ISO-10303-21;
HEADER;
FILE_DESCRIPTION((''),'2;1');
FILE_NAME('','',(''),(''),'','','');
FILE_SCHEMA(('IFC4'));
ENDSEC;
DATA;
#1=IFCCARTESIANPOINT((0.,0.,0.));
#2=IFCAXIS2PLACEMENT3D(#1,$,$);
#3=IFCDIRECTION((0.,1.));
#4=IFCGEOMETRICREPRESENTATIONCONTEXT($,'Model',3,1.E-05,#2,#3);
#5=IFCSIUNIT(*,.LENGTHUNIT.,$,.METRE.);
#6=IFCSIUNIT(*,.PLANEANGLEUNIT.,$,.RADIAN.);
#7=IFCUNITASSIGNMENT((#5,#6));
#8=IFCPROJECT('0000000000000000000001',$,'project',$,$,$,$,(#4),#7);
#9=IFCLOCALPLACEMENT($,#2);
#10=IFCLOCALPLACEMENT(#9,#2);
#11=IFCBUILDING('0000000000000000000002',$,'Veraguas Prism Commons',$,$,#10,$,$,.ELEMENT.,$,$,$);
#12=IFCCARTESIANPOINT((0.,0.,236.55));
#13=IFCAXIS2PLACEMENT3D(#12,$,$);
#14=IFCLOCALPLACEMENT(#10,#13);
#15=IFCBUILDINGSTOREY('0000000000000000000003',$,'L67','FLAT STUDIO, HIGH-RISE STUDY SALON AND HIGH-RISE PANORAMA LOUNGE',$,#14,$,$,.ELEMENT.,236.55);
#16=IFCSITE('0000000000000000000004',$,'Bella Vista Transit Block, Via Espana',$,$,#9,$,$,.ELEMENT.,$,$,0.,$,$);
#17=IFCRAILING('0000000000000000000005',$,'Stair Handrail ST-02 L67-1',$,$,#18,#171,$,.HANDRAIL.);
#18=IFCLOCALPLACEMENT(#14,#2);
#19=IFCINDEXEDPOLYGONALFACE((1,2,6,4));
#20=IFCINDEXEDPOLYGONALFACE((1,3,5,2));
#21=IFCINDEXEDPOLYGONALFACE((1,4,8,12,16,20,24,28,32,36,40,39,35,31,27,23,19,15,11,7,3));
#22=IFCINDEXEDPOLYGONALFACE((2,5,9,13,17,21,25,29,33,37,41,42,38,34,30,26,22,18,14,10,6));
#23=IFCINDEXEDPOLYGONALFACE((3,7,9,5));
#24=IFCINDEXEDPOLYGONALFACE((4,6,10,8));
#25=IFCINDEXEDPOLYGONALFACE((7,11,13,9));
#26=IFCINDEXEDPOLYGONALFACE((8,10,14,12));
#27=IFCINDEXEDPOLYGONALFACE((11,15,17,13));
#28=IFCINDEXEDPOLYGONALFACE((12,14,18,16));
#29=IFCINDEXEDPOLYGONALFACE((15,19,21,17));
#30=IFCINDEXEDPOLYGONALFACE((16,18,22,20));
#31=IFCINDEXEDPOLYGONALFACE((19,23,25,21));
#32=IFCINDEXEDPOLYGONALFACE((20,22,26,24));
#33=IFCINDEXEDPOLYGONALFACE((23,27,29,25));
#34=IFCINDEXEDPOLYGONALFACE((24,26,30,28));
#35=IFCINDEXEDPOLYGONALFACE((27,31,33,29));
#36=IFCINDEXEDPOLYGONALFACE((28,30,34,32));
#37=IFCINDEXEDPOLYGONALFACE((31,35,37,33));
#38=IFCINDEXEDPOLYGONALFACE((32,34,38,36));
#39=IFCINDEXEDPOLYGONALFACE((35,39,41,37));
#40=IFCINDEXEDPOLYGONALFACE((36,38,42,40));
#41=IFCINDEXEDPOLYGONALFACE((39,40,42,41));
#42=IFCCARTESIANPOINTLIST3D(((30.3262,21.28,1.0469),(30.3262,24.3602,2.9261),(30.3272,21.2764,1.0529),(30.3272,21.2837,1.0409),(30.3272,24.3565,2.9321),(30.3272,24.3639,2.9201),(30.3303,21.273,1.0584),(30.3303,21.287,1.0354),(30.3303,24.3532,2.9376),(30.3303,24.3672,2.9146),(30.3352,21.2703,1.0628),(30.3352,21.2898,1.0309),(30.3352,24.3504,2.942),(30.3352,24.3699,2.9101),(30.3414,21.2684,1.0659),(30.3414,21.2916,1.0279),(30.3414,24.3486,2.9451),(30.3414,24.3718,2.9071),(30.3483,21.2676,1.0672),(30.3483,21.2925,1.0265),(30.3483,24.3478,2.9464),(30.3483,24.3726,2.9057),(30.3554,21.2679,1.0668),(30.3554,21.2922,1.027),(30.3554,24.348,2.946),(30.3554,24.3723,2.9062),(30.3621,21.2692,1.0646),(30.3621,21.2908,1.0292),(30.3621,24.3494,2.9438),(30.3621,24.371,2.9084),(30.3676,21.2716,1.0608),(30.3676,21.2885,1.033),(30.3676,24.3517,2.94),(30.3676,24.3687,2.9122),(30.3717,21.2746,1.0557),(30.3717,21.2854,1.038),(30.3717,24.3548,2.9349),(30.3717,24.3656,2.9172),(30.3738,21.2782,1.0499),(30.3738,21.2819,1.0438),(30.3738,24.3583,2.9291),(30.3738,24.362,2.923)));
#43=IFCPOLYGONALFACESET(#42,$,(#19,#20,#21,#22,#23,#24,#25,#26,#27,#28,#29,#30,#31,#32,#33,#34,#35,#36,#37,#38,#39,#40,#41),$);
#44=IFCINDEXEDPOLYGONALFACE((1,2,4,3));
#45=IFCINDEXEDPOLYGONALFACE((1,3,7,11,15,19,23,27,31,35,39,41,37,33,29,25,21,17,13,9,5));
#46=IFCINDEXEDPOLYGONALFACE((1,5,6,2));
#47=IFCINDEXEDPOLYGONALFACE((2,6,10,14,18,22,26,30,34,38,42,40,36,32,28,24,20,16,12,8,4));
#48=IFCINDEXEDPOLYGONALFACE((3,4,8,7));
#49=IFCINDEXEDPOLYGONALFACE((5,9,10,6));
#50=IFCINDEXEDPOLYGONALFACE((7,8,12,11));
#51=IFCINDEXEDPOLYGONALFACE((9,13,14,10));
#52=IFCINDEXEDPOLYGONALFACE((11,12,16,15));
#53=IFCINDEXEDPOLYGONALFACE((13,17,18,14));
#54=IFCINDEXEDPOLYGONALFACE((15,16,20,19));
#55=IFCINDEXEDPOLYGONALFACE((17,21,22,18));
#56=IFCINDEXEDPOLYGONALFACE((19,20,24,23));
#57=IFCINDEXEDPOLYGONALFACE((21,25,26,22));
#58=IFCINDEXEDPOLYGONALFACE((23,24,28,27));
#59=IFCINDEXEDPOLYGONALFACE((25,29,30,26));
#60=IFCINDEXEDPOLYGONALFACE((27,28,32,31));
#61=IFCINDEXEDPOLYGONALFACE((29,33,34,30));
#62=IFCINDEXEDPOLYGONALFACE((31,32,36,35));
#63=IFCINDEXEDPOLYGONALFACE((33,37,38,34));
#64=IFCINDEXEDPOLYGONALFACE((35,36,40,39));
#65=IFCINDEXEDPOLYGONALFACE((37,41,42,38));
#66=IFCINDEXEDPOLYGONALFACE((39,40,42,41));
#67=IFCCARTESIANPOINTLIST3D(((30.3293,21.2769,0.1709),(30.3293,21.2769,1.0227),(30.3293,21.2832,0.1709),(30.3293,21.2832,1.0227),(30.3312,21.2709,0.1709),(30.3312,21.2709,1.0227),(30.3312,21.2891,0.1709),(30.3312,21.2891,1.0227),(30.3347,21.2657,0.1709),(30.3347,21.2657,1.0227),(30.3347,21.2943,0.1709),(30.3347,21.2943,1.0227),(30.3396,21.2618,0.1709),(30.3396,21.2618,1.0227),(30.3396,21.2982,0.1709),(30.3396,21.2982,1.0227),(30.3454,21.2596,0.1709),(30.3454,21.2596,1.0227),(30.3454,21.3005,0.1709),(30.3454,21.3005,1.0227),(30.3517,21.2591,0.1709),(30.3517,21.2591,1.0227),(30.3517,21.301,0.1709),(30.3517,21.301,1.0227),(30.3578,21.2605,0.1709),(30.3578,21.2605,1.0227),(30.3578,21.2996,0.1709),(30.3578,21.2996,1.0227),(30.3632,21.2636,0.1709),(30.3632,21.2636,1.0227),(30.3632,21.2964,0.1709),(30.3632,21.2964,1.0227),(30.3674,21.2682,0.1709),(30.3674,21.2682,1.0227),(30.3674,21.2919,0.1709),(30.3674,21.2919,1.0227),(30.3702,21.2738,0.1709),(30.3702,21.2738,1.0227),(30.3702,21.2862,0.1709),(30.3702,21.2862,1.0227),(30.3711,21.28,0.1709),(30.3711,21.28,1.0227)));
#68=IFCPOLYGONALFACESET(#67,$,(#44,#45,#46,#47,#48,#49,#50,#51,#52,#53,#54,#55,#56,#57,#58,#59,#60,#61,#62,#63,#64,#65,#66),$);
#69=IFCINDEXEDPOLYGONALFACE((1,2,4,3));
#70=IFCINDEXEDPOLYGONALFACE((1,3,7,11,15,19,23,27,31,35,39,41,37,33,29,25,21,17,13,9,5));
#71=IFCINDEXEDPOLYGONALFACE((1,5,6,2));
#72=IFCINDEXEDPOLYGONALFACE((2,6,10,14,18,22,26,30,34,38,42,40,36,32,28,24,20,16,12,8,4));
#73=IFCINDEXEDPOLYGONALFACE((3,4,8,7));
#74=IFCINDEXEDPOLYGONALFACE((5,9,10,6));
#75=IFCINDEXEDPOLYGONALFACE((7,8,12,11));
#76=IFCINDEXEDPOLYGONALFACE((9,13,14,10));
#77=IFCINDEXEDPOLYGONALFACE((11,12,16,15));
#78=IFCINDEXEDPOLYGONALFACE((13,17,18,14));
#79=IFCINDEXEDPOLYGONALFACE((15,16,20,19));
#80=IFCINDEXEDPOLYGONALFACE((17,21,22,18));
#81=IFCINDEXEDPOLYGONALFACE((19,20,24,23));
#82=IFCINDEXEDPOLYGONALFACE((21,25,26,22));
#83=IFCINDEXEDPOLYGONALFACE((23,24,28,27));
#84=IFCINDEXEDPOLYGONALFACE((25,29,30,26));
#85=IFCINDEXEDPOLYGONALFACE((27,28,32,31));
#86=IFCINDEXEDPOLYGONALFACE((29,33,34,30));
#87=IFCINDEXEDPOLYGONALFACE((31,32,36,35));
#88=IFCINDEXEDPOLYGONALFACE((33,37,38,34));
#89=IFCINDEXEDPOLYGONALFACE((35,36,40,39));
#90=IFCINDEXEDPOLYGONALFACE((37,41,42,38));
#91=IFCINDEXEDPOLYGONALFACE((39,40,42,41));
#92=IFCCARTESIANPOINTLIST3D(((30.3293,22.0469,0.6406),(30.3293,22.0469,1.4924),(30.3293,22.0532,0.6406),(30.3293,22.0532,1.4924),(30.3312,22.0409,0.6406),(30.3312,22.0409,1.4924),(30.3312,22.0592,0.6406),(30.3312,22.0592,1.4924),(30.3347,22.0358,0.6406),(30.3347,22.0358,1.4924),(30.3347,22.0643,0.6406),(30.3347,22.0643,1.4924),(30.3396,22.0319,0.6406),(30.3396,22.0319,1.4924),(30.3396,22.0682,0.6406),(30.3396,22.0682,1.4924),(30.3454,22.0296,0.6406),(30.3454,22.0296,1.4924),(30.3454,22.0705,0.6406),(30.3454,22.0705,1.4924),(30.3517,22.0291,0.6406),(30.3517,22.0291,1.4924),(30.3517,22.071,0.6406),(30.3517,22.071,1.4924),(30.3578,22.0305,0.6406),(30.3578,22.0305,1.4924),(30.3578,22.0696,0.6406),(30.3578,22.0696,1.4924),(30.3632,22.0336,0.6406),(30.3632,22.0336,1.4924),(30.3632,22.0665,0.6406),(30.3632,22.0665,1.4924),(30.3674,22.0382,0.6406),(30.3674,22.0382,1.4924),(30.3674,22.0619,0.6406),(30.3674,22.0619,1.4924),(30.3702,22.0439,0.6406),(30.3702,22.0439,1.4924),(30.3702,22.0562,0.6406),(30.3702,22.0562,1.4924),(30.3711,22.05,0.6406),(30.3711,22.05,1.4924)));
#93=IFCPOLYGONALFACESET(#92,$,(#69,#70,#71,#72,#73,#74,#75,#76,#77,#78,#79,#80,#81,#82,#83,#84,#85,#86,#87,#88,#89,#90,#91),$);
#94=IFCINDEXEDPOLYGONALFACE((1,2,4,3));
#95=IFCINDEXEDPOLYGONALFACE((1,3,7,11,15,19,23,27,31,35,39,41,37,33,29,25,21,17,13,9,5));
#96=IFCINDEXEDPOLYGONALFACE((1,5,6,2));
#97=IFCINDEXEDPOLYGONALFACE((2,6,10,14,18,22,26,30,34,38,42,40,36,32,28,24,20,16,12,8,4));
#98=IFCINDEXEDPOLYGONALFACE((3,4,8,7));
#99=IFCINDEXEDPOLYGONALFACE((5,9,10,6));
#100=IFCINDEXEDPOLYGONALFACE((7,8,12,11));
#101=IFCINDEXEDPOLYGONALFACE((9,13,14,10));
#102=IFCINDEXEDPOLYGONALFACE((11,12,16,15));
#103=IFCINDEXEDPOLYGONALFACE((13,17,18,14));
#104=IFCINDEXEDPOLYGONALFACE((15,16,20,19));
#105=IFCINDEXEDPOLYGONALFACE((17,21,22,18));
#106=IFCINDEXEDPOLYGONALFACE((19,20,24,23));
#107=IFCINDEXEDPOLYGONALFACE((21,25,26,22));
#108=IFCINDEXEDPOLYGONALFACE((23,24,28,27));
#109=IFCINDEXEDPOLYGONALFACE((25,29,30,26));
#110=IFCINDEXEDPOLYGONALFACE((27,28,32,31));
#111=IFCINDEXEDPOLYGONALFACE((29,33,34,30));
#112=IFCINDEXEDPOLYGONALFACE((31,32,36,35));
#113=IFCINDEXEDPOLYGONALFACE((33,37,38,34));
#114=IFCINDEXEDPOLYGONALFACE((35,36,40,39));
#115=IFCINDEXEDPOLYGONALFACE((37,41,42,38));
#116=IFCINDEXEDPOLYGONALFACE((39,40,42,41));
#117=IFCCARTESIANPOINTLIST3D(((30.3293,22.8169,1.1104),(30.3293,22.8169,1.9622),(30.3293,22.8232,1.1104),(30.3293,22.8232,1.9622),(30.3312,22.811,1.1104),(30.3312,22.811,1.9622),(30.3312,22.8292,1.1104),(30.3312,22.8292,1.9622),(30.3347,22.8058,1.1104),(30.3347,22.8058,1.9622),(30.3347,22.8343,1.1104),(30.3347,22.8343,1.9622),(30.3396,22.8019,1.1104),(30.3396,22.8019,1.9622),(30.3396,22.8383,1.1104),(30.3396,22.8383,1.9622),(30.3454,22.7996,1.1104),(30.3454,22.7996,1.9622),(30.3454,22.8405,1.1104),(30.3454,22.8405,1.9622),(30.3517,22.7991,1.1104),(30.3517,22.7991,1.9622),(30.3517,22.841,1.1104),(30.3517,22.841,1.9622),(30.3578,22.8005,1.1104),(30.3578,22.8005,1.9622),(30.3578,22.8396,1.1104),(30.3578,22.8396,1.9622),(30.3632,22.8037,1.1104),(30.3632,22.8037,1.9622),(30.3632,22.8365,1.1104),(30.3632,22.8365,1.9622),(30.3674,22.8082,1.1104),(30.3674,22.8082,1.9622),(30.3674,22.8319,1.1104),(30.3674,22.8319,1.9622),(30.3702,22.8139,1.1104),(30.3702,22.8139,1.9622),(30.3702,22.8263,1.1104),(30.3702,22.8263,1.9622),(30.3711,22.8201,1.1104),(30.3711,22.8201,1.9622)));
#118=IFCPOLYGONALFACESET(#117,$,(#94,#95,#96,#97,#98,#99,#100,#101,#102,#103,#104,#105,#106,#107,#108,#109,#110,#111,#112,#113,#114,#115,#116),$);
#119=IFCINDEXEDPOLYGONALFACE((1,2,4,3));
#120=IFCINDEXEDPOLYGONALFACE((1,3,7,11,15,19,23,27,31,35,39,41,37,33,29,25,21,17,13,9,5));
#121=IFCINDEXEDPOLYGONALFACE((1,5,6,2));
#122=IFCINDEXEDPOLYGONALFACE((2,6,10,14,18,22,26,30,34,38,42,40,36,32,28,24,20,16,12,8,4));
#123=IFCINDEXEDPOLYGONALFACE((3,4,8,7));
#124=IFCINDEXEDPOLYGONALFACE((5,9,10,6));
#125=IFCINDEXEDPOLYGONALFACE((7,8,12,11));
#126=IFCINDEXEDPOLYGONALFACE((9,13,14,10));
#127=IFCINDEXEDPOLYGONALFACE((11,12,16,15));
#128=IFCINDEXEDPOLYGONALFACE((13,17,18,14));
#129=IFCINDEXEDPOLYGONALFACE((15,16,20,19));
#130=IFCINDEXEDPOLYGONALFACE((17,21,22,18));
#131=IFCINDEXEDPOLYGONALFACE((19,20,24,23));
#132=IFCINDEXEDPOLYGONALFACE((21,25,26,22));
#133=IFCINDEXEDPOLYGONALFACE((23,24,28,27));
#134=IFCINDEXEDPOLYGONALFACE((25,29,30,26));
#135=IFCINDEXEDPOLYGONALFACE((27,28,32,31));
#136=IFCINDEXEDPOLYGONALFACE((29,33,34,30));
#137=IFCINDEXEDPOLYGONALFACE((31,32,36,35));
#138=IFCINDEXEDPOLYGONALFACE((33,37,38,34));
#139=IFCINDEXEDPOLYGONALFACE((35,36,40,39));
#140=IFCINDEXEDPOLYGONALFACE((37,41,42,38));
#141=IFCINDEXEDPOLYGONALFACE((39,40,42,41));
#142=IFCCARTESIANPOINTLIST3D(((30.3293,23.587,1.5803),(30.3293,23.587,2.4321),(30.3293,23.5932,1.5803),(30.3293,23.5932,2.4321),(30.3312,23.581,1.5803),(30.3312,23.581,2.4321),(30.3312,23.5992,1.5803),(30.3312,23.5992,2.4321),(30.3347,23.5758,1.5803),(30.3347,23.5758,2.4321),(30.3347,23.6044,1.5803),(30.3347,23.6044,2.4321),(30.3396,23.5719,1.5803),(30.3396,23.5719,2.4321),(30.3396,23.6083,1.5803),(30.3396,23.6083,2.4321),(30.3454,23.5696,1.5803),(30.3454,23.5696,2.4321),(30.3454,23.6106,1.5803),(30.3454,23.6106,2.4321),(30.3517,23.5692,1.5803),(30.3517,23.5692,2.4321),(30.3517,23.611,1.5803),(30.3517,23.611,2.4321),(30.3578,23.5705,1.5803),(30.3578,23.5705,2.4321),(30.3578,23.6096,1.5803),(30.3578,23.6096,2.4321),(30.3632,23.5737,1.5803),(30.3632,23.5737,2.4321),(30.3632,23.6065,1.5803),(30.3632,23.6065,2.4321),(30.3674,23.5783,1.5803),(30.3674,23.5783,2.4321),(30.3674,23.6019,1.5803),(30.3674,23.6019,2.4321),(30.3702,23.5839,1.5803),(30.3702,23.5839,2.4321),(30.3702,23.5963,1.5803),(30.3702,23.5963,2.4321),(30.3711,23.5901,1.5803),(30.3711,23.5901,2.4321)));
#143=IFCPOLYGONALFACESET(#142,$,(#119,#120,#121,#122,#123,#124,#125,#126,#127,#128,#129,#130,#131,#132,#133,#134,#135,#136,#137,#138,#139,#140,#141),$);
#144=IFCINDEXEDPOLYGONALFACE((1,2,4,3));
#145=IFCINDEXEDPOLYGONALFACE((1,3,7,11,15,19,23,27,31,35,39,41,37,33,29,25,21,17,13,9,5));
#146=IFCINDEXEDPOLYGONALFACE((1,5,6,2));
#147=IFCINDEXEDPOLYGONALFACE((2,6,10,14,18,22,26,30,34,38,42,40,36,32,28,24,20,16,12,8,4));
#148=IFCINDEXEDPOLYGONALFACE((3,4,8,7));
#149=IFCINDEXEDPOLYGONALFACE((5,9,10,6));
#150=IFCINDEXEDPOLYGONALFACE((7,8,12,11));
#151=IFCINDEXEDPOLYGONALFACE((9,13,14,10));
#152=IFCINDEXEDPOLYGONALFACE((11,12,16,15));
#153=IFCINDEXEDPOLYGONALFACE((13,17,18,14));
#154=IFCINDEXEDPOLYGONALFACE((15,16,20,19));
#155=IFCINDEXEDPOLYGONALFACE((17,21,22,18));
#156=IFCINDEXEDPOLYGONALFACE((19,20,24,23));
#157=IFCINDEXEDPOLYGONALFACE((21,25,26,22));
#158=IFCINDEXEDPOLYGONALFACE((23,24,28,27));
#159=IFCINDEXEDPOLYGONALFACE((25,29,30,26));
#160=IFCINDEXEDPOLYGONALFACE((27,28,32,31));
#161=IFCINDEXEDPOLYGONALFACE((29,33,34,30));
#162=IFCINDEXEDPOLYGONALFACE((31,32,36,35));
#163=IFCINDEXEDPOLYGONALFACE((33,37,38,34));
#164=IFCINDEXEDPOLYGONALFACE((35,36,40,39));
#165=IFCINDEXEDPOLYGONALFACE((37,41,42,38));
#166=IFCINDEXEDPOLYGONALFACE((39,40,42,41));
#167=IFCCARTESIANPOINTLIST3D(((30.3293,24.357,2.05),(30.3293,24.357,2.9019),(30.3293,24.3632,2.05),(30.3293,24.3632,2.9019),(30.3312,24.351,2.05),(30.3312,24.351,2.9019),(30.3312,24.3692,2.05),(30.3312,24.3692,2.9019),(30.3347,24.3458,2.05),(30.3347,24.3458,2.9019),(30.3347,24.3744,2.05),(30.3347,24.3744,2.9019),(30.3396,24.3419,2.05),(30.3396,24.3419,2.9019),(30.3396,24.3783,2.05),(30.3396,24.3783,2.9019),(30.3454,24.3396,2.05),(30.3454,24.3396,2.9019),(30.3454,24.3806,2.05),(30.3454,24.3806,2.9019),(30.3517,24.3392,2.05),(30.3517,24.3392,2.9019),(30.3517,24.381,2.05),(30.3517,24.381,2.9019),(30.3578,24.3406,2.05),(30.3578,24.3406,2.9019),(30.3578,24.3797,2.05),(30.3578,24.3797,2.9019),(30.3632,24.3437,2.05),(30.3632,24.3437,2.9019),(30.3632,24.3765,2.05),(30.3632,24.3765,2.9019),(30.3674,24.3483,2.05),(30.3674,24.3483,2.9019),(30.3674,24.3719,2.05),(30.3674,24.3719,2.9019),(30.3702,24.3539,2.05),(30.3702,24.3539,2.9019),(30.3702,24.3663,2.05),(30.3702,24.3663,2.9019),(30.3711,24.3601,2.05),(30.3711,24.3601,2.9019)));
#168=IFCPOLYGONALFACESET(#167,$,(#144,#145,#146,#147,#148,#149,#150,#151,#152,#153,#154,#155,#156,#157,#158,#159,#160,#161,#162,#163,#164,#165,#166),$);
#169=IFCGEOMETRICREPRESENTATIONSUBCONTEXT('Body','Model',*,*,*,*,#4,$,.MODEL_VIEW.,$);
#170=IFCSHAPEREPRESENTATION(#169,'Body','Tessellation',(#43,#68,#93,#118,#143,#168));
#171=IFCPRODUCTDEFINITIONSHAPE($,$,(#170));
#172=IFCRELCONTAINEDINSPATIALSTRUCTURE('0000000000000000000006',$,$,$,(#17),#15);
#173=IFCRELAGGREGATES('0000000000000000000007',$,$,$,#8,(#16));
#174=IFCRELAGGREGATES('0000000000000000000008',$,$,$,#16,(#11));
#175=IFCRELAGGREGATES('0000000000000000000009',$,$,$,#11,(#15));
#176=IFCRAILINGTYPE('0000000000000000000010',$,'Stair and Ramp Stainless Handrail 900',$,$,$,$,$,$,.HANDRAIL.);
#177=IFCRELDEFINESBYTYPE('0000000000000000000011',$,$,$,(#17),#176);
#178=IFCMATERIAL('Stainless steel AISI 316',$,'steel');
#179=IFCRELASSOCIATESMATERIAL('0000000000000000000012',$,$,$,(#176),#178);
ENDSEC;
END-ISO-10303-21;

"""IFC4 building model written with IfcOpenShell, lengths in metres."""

from ifc_helpers import new_model, si_unit, direction, frame, origin, origin_2d, place, context, subcontext, project, spatial, circle, extrude, material, type_object, element, save


model = new_model("IFC4")

# Units and contexts
model_context = context("Model", 3, precision=1e-05, world=origin(), true_north=direction((0.0, 1.0)))
body_context = subcontext(model_context, "Body", "Model", "MODEL_VIEW")
ifc_project = project(units=[si_unit("LENGTHUNIT", "METRE"), si_unit("PLANEANGLEUNIT", "RADIAN")], contexts=[model_context])

# Site, building, storey
site_placement = place(None, origin())
site = spatial("IfcSite", under=ifc_project, at=site_placement, Name="Bella Vista Transit Block, Via Espana", CompositionType="ELEMENT", RefElevation=0.0)
building_placement = place(site_placement, origin())
building = spatial("IfcBuilding", under=site, at=building_placement, Name="Veraguas Prism Commons", CompositionType="ELEMENT")
storey_placement = place(building_placement, frame((0.0, 0.0, 236.55)))
storey = spatial("IfcBuildingStorey", under=building, at=storey_placement, Name="L67", Description="FLAT STUDIO, HIGH-RISE STUDY SALON AND HIGH-RISE PANORAMA LOUNGE", CompositionType="ELEMENT", Elevation=236.55)

# Railing
ifc_material_1 = material(Name="Stainless steel AISI 316", Category="steel")
railing_type_1 = type_object("IfcRailingType", Name="Stair and Ramp Stainless Handrail 900", PredefinedType="HANDRAIL", material=ifc_material_1)
railing_1_placement = place(storey_placement, frame((30.3501, 21.28, 0.1709)))
element("IfcRailing", 1, at=railing_1_placement, inside=storey, type_object=railing_type_1, Name="Stair Handrail ST-02 L67-1", PredefinedType="HANDRAIL", context=body_context, shape_type="SweptSolid", body=[
    extrude(circle(Radius=0.0239, at=origin_2d()), frame((0.0, 0.0, 0.876), z_axis=(0.0, 0.853666, 0.52082), x_axis=(-1.0, 0.0, 0.0)), (0.0, 0.0, 1.0), 3.6082),
    extrude(circle(Radius=0.021, at=origin_2d()), origin(), (0.0, 0.0, 1.0), 0.8518),
    extrude(circle(Radius=0.021, at=origin_2d()), frame((0.0, 0.77, 0.4697)), (0.0, 0.0, 1.0), 0.8518),
    extrude(circle(Radius=0.021, at=origin_2d()), frame((0.0, 1.54, 0.9395)), (0.0, 0.0, 1.0), 0.8518),
    extrude(circle(Radius=0.021, at=origin_2d()), frame((0.0, 2.3101, 1.4094)), (0.0, 0.0, 1.0), 0.8518),
    extrude(circle(Radius=0.021, at=origin_2d()), frame((0.0, 3.0801, 1.8792)), (0.0, 0.0, 1.0), 0.8518),
])

save(model, "model.ifc")
